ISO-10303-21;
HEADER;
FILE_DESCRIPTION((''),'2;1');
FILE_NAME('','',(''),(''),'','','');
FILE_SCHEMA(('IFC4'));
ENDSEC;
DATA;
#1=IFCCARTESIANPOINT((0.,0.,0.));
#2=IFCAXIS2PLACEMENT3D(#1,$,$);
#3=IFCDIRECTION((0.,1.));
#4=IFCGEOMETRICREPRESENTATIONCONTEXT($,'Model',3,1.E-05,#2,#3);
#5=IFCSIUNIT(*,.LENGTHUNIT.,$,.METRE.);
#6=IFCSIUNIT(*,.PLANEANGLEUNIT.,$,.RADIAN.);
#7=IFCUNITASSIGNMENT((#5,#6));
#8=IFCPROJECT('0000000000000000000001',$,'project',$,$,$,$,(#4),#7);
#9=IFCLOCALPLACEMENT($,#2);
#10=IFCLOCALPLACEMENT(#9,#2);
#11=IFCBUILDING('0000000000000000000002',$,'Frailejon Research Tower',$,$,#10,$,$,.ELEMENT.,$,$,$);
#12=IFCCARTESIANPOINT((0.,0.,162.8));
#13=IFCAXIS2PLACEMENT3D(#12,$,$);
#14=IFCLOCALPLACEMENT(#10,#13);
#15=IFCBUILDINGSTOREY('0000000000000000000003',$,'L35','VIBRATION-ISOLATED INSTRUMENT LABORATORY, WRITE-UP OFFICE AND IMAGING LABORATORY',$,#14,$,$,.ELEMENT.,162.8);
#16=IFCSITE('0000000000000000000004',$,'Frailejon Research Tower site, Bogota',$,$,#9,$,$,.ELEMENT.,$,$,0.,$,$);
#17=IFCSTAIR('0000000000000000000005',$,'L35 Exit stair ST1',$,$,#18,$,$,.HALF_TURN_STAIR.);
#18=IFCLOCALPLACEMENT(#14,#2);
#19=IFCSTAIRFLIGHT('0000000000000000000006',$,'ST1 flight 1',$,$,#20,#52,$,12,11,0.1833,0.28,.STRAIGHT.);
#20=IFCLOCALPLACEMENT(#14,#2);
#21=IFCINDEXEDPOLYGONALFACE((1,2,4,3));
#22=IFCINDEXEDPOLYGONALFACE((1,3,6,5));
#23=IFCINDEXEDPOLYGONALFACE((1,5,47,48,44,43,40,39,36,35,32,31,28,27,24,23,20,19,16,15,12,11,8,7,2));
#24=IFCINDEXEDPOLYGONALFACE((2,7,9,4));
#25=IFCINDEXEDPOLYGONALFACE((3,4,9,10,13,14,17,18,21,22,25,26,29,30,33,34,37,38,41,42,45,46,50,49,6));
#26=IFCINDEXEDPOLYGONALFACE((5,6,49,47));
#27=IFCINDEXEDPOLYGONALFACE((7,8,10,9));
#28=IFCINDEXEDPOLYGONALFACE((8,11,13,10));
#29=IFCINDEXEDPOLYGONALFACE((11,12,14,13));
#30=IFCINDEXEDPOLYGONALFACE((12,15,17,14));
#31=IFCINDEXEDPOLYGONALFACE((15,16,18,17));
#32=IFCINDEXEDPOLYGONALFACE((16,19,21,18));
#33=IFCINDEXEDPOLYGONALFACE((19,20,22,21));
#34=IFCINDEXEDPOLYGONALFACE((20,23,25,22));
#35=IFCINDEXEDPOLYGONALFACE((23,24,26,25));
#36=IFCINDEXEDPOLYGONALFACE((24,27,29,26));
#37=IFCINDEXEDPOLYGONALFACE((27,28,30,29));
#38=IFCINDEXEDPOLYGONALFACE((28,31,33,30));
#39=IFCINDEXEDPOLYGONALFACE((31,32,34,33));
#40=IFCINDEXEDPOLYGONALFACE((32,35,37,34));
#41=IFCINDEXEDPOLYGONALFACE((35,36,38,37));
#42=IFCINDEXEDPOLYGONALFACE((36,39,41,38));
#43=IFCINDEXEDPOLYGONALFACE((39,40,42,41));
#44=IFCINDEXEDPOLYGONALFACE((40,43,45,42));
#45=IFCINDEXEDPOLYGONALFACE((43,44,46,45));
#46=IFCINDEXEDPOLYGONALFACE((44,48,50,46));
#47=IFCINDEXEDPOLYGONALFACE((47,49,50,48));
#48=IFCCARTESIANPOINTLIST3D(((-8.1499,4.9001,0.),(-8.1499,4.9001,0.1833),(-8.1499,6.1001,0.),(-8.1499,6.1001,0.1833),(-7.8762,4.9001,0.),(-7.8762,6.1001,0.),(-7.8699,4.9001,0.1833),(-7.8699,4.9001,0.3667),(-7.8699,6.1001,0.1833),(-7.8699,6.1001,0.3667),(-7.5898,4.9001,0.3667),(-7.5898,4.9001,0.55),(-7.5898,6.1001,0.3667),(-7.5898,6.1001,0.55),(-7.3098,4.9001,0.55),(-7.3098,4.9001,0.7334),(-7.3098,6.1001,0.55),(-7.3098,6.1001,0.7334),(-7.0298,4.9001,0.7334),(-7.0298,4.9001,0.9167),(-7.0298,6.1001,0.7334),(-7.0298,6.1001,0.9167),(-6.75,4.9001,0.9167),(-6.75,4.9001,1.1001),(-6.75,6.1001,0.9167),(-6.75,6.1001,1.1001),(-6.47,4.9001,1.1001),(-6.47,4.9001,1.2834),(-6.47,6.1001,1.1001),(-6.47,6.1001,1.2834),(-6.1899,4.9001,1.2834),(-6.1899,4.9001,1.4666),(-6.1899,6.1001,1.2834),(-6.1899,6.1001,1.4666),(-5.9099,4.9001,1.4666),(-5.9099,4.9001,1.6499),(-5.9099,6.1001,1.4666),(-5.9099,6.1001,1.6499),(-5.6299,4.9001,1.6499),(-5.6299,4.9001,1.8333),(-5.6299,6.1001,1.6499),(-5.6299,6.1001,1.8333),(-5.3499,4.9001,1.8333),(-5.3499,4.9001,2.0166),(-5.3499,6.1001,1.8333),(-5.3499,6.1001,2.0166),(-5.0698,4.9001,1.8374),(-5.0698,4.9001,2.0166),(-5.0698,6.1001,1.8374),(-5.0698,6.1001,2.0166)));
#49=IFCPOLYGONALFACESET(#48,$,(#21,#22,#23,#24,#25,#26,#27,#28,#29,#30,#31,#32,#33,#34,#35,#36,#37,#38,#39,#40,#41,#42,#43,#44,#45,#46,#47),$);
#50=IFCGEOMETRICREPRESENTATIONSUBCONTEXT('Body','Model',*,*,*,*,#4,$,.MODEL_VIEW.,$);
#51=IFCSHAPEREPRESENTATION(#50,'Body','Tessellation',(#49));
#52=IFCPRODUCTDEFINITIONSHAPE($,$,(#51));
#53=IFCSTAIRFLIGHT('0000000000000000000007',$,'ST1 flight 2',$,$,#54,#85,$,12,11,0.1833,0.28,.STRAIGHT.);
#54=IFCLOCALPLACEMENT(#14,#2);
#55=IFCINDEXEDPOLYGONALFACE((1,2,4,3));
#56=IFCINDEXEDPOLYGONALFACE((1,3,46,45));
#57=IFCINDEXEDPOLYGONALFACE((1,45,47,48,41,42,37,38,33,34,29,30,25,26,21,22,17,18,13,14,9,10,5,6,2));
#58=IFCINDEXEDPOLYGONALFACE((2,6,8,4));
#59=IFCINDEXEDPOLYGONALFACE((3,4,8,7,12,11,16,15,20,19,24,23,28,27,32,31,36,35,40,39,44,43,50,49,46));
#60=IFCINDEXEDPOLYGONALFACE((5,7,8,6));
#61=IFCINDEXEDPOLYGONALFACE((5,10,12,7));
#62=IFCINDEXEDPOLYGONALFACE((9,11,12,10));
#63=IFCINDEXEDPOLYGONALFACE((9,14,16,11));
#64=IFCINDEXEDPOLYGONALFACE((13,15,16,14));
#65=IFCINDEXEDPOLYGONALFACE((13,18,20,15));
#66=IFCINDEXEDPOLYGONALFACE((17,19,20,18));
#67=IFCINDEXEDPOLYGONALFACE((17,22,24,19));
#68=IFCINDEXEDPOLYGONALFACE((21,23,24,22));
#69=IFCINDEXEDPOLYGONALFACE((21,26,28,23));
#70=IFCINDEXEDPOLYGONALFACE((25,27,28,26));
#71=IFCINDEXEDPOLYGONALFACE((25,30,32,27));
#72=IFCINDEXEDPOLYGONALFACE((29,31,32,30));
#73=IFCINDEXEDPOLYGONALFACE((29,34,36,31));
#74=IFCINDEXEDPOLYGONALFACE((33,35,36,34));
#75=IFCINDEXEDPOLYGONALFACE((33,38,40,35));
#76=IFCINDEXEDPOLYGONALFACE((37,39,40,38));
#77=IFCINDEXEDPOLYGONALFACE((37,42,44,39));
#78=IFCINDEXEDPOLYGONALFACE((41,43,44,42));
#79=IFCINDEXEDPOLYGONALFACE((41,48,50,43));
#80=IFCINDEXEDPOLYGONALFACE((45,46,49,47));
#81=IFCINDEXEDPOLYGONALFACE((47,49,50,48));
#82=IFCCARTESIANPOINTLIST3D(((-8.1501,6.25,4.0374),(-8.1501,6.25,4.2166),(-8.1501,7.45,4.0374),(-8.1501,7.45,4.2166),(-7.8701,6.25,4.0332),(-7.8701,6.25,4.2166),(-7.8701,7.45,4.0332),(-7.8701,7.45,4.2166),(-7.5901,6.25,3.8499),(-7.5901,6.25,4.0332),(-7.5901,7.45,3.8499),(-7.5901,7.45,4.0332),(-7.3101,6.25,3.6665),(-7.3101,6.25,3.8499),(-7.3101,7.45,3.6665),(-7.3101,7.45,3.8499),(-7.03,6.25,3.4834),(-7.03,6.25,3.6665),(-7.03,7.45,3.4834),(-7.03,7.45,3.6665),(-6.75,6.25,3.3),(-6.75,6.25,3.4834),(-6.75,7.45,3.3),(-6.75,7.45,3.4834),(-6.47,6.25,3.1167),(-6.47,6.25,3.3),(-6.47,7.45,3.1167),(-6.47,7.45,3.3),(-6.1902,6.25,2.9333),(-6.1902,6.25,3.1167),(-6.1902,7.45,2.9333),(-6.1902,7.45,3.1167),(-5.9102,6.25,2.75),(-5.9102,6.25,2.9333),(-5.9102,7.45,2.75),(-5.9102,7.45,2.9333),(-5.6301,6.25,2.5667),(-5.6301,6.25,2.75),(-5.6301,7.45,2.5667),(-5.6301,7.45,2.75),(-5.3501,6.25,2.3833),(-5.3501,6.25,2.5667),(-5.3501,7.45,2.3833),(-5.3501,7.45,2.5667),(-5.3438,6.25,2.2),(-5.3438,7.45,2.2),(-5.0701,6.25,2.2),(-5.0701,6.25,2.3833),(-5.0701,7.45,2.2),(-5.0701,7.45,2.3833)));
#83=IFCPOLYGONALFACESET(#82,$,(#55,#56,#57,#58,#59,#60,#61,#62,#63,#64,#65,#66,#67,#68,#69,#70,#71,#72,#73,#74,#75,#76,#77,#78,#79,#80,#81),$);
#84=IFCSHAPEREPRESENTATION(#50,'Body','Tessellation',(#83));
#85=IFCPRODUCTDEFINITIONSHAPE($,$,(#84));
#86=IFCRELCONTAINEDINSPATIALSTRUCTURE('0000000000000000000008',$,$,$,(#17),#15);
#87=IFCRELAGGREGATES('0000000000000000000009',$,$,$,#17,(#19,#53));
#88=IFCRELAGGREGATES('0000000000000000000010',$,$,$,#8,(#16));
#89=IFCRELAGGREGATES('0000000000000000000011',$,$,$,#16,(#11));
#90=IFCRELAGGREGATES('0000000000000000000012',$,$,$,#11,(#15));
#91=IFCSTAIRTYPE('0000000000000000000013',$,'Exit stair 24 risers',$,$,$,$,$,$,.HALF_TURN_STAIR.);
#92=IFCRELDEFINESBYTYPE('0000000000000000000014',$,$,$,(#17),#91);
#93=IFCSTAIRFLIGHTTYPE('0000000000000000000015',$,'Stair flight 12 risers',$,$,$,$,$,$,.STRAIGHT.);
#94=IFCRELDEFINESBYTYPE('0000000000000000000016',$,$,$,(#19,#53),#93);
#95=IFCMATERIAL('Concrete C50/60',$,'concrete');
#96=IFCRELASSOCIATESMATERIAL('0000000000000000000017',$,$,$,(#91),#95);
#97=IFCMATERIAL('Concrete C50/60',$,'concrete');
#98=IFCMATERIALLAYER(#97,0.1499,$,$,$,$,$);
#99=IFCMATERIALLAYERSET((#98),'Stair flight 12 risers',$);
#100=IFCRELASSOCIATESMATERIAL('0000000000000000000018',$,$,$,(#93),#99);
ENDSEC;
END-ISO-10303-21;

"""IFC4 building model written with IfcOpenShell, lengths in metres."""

from ifc_helpers import new_model, si_unit, direction, frame, origin, place, context, subcontext, project, spatial, polyline, outline, extrude, material, layer, layer_set, type_object, element, aggregate, save


model = new_model("IFC4")

# Units and contexts
model_context = context("Model", 3, precision=1e-05, world=origin(), true_north=direction((0.0, 1.0)))
body_context = subcontext(model_context, "Body", "Model", "MODEL_VIEW")
ifc_project = project(units=[si_unit("LENGTHUNIT", "METRE"), si_unit("PLANEANGLEUNIT", "RADIAN")], contexts=[model_context])

# Site, building, storey
site_placement = place(None, origin())
site = spatial("IfcSite", under=ifc_project, at=site_placement, Name="Frailejon Research Tower site, Bogota", CompositionType="ELEMENT", RefElevation=0.0)
building_placement = place(site_placement, origin())
building = spatial("IfcBuilding", under=site, at=building_placement, Name="Frailejon Research Tower", CompositionType="ELEMENT")
storey_placement = place(building_placement, frame((0.0, 0.0, 162.8)))
storey = spatial("IfcBuildingStorey", under=building, at=storey_placement, Name="L35", Description="VIBRATION-ISOLATED INSTRUMENT LABORATORY, WRITE-UP OFFICE AND IMAGING LABORATORY", CompositionType="ELEMENT", Elevation=162.8)

# Stair, stair flights
ifc_material_1 = material(Name="Concrete C50/60", Category="concrete")
stair_type = type_object("IfcStairType", Name="Exit stair 24 risers", PredefinedType="HALF_TURN_STAIR", material=ifc_material_1)
stair_placement = place(storey_placement, origin())
stair = element("IfcStair", 1, at=stair_placement, inside=storey, type_object=stair_type, Name="L35 Exit stair ST1", PredefinedType="HALF_TURN_STAIR")
ifc_material_2 = material(Name="Concrete C50/60", Category="concrete")
ifc_layer_1 = layer(ifc_material_2, 0.1499)
ifc_layer_set_1 = layer_set([ifc_layer_1], Name="Stair flight 12 risers")
stair_flight_type = type_object("IfcStairFlightType", Name="Stair flight 12 risers", PredefinedType="STRAIGHT", material=ifc_layer_set_1)
stair_flight_1_placement = place(storey_placement, frame((-8.1499, 5.5, 0.0), z_axis=(0.0, 0.0, 1.0), x_axis=(1.0, 0.0, 0.0)))
stair_flight_1 = element("IfcStairFlight", 2, at=stair_flight_1_placement, type_object=stair_flight_type, Name="ST1 flight 1", NumberOfRisers=12, NumberOfTreads=11, PredefinedType="STRAIGHT", RiserHeight=0.1833, TreadLength=0.28, context=body_context, shape_type="SweptSolid", body=[
    extrude(outline(polyline([(0.0, 0.0), (0.0, 0.1833), (0.28, 0.1833), (0.28, 0.3667), (0.5601, 0.3667), (0.5601, 0.55), (0.8401, 0.55), (0.8401, 0.7334), (1.1201, 0.7334), (1.1201, 0.9167), (1.3999, 0.9167), (1.3999, 1.1001), (1.6799, 1.1001), (1.6799, 1.2834), (1.96, 1.2834), (1.96, 1.4666), (2.24, 1.4666), (2.24, 1.6499), (2.52, 1.6499), (2.52, 1.8333), (2.8, 1.8333), (2.8, 2.0166), (3.0801, 2.0166), (3.0801, 2.2), (3.0801, 1.8374), (0.2737, 0.0), (0.0, 0.0)])), frame((0.0, 0.6001, 0.0), z_axis=(0.0, -1.0, 0.0), x_axis=(1.0, 0.0, 0.0)), (0.0, 0.0, 1.0), 1.2),
])
stair_flight_2_placement = place(storey_placement, frame((-5.0701, 6.8501, 2.2), z_axis=(0.0, 0.0, 1.0), x_axis=(-1.0, 0.0, 0.0)))
stair_flight_2 = element("IfcStairFlight", 3, at=stair_flight_2_placement, type_object=stair_flight_type, Name="ST1 flight 2", NumberOfRisers=12, NumberOfTreads=11, PredefinedType="STRAIGHT", RiserHeight=0.1833, TreadLength=0.28, context=body_context, shape_type="SweptSolid", body=[
    extrude(outline(polyline([(0.0, 0.0), (0.0, 0.1833), (0.28, 0.1833), (0.28, 0.3667), (0.5601, 0.3667), (0.5601, 0.55), (0.8401, 0.55), (0.8401, 0.7334), (1.1201, 0.7334), (1.1201, 0.9167), (1.3999, 0.9167), (1.3999, 1.1001), (1.6799, 1.1001), (1.6799, 1.2834), (1.96, 1.2834), (1.96, 1.4666), (2.24, 1.4666), (2.24, 1.6499), (2.52, 1.6499), (2.52, 1.8333), (2.8, 1.8333), (2.8, 2.0166), (3.0801, 2.0166), (3.0801, 2.2), (3.0801, 1.8374), (0.2737, 0.0), (0.0, 0.0)])), frame((0.0, 0.6001, 0.0), z_axis=(0.0, -1.0, 0.0), x_axis=(1.0, 0.0, 0.0)), (0.0, 0.0, 1.0), 1.2),
])
aggregate(stair, [stair_flight_1, stair_flight_2])

save(model, "model.ifc")
